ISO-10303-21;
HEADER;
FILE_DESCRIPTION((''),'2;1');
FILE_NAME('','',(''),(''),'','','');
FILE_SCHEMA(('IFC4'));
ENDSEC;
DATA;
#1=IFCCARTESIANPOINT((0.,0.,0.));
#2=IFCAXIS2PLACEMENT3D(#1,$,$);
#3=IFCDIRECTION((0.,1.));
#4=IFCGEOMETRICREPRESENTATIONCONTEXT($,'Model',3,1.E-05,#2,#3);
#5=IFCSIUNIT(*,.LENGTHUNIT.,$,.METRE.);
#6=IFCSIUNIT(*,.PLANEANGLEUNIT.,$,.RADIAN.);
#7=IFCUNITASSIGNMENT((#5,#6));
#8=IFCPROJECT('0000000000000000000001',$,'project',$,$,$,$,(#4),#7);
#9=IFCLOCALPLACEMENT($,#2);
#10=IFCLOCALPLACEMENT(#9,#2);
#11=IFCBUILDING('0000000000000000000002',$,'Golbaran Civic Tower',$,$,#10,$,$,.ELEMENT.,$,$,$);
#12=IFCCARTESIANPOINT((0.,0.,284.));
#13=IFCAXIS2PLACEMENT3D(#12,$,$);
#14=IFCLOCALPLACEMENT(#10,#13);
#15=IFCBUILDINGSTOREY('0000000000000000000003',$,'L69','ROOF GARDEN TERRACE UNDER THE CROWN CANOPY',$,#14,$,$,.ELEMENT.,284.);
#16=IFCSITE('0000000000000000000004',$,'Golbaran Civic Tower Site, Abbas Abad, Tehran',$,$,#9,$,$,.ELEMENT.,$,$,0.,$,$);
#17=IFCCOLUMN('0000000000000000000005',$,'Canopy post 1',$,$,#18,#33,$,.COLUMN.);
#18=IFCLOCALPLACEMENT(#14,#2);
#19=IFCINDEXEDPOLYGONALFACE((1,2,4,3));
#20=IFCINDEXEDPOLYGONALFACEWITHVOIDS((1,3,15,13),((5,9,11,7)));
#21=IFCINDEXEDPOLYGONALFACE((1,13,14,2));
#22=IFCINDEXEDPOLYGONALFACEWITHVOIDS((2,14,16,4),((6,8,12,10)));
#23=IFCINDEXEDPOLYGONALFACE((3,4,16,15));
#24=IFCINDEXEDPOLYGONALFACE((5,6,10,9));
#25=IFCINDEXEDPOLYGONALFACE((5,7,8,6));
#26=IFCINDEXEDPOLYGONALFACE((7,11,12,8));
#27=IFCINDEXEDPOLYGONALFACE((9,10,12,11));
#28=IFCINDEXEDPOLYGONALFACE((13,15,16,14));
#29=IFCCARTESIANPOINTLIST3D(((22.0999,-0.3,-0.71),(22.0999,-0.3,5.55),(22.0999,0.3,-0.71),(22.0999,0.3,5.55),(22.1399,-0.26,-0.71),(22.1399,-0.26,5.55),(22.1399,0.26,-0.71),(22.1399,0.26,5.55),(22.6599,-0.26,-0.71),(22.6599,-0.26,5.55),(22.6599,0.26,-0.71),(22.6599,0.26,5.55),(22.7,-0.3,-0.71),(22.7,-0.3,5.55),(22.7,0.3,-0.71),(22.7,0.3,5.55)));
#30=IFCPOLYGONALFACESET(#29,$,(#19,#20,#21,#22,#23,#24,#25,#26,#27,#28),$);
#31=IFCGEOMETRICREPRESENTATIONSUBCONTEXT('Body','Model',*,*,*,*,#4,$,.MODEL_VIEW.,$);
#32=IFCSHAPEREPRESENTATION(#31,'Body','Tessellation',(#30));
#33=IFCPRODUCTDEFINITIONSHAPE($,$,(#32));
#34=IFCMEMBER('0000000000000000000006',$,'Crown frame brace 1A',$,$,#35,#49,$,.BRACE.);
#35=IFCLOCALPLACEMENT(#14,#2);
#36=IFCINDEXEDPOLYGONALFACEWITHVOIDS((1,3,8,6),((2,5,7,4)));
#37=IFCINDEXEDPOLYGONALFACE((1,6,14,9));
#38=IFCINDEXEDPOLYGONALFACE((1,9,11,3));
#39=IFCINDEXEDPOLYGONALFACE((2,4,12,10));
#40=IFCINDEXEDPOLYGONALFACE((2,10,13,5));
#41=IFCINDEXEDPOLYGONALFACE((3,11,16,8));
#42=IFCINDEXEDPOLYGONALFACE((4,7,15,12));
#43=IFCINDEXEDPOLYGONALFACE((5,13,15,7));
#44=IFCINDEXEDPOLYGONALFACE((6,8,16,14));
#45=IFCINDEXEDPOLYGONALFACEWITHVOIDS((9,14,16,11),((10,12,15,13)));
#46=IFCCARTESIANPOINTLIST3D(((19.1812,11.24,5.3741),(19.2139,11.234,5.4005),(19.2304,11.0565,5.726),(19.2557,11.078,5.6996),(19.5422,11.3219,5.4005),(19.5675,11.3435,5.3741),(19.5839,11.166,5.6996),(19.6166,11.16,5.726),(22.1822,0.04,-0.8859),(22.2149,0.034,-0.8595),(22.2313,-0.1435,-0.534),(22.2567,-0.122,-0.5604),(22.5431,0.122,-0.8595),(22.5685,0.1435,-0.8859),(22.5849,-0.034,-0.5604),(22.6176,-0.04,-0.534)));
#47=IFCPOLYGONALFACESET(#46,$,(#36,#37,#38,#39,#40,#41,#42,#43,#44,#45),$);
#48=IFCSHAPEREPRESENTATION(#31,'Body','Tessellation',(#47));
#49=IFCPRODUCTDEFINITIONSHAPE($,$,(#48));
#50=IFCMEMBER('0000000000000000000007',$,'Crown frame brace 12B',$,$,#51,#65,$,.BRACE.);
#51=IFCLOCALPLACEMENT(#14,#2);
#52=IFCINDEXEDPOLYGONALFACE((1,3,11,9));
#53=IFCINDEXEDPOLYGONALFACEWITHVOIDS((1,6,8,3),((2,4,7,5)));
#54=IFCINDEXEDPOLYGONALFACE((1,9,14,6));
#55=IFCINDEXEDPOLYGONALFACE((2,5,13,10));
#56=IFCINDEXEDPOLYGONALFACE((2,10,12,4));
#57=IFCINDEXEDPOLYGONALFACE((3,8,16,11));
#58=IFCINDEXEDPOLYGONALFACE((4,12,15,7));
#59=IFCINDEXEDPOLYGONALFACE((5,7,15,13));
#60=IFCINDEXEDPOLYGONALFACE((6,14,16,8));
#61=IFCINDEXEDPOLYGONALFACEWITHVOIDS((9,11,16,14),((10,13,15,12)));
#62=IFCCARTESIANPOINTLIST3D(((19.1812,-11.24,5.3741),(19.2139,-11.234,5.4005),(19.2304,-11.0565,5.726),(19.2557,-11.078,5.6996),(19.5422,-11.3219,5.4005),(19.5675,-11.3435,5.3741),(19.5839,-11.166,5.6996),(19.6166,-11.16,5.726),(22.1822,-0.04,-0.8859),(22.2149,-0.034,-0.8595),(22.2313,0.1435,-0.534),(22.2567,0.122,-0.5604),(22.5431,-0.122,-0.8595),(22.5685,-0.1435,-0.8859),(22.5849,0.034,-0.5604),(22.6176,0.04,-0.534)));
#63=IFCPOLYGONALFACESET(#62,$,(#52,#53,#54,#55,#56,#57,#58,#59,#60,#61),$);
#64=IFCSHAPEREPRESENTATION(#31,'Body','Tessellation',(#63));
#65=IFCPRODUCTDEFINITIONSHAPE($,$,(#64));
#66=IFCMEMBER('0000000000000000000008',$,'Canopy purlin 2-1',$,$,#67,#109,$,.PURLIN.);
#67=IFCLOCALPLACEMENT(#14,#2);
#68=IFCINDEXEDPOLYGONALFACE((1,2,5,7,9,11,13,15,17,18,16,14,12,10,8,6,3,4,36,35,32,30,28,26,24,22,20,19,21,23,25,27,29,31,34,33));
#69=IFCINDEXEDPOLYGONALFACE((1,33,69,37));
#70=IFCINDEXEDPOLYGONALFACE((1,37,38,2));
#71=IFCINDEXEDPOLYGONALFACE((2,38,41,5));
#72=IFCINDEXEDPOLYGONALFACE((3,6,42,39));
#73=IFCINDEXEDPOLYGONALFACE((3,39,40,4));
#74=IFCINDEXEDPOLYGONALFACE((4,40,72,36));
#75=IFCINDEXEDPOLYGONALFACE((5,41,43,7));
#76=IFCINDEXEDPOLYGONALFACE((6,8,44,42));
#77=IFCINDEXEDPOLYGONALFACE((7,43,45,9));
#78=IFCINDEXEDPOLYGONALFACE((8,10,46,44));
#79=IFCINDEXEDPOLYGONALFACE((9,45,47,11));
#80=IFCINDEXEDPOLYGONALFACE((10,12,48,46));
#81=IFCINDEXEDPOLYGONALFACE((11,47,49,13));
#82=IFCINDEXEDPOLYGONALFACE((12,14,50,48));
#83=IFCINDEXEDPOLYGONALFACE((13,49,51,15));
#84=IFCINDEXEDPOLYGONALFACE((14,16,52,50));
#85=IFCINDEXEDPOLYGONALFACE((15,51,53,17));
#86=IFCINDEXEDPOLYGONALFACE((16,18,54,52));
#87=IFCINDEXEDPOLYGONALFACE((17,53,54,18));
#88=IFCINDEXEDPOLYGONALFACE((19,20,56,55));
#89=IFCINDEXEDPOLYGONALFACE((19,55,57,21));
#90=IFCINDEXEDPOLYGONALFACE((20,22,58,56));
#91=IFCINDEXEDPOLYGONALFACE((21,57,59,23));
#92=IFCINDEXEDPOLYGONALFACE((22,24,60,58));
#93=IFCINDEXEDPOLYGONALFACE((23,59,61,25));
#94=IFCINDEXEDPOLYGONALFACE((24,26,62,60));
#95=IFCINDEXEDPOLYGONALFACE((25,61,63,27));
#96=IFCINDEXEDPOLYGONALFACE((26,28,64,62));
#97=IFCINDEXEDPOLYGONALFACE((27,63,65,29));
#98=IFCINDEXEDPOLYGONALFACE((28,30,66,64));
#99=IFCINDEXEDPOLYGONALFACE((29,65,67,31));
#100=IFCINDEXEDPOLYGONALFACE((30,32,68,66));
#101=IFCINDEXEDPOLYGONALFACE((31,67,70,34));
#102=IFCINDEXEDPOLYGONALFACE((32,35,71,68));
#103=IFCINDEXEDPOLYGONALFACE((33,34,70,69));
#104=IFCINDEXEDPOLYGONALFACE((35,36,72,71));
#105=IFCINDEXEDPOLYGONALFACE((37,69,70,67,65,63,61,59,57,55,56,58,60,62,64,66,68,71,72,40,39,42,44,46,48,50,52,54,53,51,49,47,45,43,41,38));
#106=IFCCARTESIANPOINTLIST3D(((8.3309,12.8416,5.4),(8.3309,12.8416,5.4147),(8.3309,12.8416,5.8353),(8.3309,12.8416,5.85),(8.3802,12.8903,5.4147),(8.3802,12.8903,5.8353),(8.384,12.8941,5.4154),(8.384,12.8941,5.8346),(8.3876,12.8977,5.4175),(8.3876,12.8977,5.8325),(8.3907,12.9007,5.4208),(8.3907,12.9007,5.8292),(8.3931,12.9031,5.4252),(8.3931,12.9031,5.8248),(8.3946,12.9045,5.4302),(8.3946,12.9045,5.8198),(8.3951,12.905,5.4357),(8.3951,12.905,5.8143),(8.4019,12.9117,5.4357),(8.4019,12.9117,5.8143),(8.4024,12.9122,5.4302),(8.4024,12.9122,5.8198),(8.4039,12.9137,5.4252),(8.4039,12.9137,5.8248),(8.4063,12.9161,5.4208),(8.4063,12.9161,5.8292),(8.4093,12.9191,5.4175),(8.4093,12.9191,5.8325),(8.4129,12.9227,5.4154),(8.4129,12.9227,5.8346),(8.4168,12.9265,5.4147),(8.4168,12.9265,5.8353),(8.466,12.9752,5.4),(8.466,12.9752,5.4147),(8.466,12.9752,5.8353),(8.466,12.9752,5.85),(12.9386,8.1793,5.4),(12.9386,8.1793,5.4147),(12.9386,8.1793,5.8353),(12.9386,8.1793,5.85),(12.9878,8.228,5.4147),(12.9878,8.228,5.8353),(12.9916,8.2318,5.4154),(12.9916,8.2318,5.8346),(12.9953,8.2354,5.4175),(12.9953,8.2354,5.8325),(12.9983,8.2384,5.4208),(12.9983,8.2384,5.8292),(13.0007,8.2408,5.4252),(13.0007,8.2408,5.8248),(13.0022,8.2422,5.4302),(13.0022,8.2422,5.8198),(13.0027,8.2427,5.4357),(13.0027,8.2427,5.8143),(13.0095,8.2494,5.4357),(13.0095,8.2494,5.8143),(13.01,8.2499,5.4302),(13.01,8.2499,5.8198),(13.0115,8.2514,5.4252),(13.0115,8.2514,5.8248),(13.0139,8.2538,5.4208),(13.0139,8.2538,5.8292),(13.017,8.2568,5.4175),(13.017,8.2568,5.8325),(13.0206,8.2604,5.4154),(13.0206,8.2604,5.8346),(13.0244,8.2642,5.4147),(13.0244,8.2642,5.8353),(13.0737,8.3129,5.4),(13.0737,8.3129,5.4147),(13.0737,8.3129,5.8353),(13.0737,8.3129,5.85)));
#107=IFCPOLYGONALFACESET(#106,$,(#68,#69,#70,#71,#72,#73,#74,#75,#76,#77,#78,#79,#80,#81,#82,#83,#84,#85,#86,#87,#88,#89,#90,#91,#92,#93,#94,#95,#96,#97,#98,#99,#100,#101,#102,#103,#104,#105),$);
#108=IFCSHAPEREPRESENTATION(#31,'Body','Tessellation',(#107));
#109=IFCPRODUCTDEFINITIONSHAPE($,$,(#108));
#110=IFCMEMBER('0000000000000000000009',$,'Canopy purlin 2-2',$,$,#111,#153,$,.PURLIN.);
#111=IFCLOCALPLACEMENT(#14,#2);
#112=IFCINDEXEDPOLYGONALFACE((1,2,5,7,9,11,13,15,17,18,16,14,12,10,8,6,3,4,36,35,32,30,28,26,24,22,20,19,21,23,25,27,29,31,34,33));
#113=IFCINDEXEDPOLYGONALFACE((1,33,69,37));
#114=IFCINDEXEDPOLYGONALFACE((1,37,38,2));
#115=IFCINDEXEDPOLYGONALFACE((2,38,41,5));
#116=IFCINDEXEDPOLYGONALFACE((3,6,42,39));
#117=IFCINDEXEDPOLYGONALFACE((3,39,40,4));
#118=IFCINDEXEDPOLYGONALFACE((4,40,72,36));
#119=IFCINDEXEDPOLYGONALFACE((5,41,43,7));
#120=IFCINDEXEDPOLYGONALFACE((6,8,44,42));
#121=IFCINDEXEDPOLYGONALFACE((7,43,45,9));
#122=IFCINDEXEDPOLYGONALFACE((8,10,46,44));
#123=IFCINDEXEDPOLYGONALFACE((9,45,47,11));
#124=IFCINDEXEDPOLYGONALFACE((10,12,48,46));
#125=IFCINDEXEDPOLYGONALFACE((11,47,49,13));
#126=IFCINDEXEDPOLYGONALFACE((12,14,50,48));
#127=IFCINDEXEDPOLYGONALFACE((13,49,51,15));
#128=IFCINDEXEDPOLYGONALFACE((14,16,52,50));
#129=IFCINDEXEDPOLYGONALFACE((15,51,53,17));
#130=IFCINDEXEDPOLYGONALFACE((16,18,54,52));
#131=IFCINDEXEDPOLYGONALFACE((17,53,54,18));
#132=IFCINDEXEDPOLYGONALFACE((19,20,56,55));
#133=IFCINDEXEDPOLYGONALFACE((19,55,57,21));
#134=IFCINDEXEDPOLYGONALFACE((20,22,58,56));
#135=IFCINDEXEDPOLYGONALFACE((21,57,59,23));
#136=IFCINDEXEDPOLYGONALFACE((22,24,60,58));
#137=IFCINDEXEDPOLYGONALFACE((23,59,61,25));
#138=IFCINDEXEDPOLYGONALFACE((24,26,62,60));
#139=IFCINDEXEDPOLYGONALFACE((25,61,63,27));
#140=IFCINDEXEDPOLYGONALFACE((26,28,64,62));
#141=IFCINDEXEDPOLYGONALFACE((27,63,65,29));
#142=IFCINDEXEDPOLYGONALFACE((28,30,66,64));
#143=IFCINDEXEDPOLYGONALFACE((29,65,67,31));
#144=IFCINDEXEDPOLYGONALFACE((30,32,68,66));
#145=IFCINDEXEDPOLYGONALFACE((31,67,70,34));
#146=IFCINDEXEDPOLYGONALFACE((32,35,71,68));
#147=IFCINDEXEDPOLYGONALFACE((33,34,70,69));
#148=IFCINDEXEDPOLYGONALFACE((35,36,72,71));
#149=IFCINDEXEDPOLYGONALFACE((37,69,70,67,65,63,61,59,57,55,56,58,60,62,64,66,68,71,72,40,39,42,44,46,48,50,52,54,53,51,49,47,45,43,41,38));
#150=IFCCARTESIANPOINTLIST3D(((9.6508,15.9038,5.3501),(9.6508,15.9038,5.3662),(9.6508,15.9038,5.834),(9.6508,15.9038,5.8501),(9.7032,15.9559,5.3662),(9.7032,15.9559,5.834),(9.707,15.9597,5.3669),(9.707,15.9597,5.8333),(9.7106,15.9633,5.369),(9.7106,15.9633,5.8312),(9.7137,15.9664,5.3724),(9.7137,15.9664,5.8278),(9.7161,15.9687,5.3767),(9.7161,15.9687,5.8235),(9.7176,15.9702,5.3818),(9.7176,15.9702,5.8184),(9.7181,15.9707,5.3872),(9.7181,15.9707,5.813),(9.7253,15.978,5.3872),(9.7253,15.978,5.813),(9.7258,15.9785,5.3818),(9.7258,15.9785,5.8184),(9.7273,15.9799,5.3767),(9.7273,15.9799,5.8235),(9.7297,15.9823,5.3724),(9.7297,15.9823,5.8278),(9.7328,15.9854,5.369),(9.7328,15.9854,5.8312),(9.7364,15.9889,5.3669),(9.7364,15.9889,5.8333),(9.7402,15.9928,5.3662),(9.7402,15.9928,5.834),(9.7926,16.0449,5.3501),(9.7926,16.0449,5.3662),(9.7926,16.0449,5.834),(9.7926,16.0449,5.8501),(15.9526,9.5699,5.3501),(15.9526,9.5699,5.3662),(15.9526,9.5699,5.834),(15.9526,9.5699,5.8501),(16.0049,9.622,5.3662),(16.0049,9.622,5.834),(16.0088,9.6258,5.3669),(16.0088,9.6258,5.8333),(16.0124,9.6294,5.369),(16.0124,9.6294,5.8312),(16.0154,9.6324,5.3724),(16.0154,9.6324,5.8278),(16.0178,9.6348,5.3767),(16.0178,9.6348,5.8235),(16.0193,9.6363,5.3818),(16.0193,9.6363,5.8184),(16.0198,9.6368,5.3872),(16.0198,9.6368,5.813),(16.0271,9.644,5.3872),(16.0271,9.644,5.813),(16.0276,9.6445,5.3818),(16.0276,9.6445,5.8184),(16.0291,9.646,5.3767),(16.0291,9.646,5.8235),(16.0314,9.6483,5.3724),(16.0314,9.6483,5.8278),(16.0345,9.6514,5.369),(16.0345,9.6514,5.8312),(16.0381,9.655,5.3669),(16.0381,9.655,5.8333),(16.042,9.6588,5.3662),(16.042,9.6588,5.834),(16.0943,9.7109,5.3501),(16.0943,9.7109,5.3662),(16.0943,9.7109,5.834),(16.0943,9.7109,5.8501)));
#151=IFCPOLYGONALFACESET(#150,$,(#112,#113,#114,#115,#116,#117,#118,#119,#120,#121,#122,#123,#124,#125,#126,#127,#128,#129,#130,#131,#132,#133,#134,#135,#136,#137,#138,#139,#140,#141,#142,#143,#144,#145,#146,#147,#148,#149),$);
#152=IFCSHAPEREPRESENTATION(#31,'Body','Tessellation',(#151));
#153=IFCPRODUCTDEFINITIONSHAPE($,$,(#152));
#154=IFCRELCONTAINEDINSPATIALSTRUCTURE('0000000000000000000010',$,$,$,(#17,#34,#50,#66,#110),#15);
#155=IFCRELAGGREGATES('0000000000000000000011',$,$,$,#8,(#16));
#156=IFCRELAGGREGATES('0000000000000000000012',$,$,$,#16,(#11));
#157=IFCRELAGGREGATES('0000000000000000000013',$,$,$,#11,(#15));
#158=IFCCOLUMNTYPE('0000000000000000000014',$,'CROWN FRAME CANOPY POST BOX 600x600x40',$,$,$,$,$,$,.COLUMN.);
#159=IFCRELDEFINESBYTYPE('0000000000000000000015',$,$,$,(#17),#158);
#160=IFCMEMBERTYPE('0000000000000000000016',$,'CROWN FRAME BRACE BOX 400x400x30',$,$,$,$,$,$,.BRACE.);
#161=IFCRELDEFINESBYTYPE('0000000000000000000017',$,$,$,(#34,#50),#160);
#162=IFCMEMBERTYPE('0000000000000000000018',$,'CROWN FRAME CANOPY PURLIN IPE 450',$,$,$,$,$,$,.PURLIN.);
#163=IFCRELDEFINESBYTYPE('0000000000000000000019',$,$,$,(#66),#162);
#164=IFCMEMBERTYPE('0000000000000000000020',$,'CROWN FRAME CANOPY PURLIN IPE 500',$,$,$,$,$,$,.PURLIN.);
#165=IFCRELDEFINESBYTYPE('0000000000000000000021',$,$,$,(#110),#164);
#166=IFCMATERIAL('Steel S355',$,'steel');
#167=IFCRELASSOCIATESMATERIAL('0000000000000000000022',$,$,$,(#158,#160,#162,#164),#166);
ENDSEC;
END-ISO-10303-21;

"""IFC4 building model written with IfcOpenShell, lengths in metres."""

from ifc_helpers import new_model, si_unit, direction, frame, origin, origin_2d, place, context, subcontext, project, spatial, hollow_rectangle, i_section, extrude, material, material_profile, profile_set, type_object, element, save


model = new_model("IFC4")

# Units and contexts
model_context = context("Model", 3, precision=1e-05, world=origin(), true_north=direction((0.0, 1.0)))
body_context = subcontext(model_context, "Body", "Model", "MODEL_VIEW")
ifc_project = project(units=[si_unit("LENGTHUNIT", "METRE"), si_unit("PLANEANGLEUNIT", "RADIAN")], contexts=[model_context])

# Site, building, storey
site_placement = place(None, origin())
site = spatial("IfcSite", under=ifc_project, at=site_placement, Name="Golbaran Civic Tower Site, Abbas Abad, Tehran", CompositionType="ELEMENT", RefElevation=0.0)
building_placement = place(site_placement, origin())
building = spatial("IfcBuilding", under=site, at=building_placement, Name="Golbaran Civic Tower", CompositionType="ELEMENT")
storey_placement = place(building_placement, frame((0.0, 0.0, 284.0)))
storey = spatial("IfcBuildingStorey", under=building, at=storey_placement, Name="L69", Description="ROOF GARDEN TERRACE UNDER THE CROWN CANOPY", CompositionType="ELEMENT", Elevation=284.0)

# Column
ifc_material_1 = material(Name="Steel S355", Category="steel")
ifc_material_profile_1 = material_profile(ifc_material_1, hollow_rectangle(XDim=0.6001, YDim=0.6001, WallThickness=0.04, at=origin_2d()), Name="BOX 600x600x40")
ifc_profile_set_1 = profile_set([ifc_material_profile_1], Name="Steel S355")
column_type = type_object("IfcColumnType", Name="CROWN FRAME CANOPY POST BOX 600x600x40", PredefinedType="COLUMN", material=ifc_profile_set_1)
column_placement = place(storey_placement, frame((22.3999, 0.0, -0.71), z_axis=(0.0, 0.0, 1.0), x_axis=(1.0, 0.0, 0.0)))
element("IfcColumn", 1, at=column_placement, inside=storey, type_object=column_type, Name="Canopy post 1", PredefinedType="COLUMN", context=body_context, shape_type="SweptSolid", body=[
    extrude(hollow_rectangle(XDim=0.6001, YDim=0.6001, WallThickness=0.04, at=origin_2d()), origin(), (0.0, 0.0, 1.0), 6.26),
])

# Members
ifc_material_profile_2 = material_profile(ifc_material_1, hollow_rectangle(XDim=0.3999, YDim=0.3999, WallThickness=0.03, at=origin_2d()), Name="BOX 400x400x30")
ifc_profile_set_2 = profile_set([ifc_material_profile_2], Name="Steel S355")
member_type_1 = type_object("IfcMemberType", Name="CROWN FRAME BRACE BOX 400x400x30", PredefinedType="BRACE", material=ifc_profile_set_2)
for number, where, z_axis, x_axis, name in (
    (2, (22.3999, 0.0, -0.71), (-0.227744, 0.849964, 0.475072), (-0.965927, -0.258816, 0.0), "Crown frame brace 1A"),
    (3, (22.3999, 0.0, -0.71), (-0.227744, -0.849964, 0.475072), (0.965927, -0.258816, 0.0), "Crown frame brace 12B"),
):
    element("IfcMember", number, at=place(storey_placement, frame(where, z_axis=z_axis, x_axis=x_axis)), inside=storey, type_object=member_type_1, Name=name, PredefinedType="BRACE", context=body_context, shape_type="SweptSolid", body=[
        extrude(hollow_rectangle(XDim=0.3999, YDim=0.3999, WallThickness=0.03, at=origin_2d()), origin(), (0.0, 0.0, 1.0), 13.177),
    ])
ifc_material_profile_3 = material_profile(ifc_material_1, i_section(OverallWidth=0.1899, OverallDepth=0.45, WebThickness=0.0095, FlangeThickness=0.0146, FilletRadius=0.021, at=origin_2d()), Name="IPE 450")
ifc_profile_set_3 = profile_set([ifc_material_profile_3], Name="Steel S355")
member_type_2 = type_object("IfcMemberType", Name="CROWN FRAME CANOPY PURLIN IPE 450", PredefinedType="PURLIN", material=ifc_profile_set_3)
member_1_placement = place(storey_placement, frame((13.0061, 8.2461, 5.625), z_axis=(-0.702923, 0.711266, 0.0), x_axis=(-0.711266, -0.702923, 0.0)))
element("IfcMember", 4, at=member_1_placement, inside=storey, type_object=member_type_2, Name="Canopy purlin 2-1", PredefinedType="PURLIN", context=body_context, shape_type="SweptSolid", body=[
    extrude(i_section(OverallWidth=0.1899, OverallDepth=0.45, WebThickness=0.0095, FlangeThickness=0.0146, FilletRadius=0.021, at=origin_2d()), origin(), (0.0, 0.0, 1.0), 6.5549),
])
ifc_material_profile_4 = material_profile(ifc_material_1, i_section(OverallWidth=0.2, OverallDepth=0.5, WebThickness=0.0103, FlangeThickness=0.0161, FilletRadius=0.021, at=origin_2d()), Name="IPE 500")
ifc_profile_set_4 = profile_set([ifc_material_profile_4], Name="Steel S355")
member_type_3 = type_object("IfcMemberType", Name="CROWN FRAME CANOPY PURLIN IPE 500", PredefinedType="PURLIN", material=ifc_profile_set_4)
member_2_placement = place(storey_placement, frame((16.0234, 9.6404, 5.6001), z_axis=(-0.705301, 0.708908, 0.0), x_axis=(-0.708908, -0.705301, 0.0)))
element("IfcMember", 5, at=member_2_placement, inside=storey, type_object=member_type_3, Name="Canopy purlin 2-2", PredefinedType="PURLIN", context=body_context, shape_type="SweptSolid", body=[
    extrude(i_section(OverallWidth=0.2, OverallDepth=0.5, WebThickness=0.0103, FlangeThickness=0.0161, FilletRadius=0.021, at=origin_2d()), origin(), (0.0, 0.0, 1.0), 8.9348),
])

save(model, "model.ifc")
